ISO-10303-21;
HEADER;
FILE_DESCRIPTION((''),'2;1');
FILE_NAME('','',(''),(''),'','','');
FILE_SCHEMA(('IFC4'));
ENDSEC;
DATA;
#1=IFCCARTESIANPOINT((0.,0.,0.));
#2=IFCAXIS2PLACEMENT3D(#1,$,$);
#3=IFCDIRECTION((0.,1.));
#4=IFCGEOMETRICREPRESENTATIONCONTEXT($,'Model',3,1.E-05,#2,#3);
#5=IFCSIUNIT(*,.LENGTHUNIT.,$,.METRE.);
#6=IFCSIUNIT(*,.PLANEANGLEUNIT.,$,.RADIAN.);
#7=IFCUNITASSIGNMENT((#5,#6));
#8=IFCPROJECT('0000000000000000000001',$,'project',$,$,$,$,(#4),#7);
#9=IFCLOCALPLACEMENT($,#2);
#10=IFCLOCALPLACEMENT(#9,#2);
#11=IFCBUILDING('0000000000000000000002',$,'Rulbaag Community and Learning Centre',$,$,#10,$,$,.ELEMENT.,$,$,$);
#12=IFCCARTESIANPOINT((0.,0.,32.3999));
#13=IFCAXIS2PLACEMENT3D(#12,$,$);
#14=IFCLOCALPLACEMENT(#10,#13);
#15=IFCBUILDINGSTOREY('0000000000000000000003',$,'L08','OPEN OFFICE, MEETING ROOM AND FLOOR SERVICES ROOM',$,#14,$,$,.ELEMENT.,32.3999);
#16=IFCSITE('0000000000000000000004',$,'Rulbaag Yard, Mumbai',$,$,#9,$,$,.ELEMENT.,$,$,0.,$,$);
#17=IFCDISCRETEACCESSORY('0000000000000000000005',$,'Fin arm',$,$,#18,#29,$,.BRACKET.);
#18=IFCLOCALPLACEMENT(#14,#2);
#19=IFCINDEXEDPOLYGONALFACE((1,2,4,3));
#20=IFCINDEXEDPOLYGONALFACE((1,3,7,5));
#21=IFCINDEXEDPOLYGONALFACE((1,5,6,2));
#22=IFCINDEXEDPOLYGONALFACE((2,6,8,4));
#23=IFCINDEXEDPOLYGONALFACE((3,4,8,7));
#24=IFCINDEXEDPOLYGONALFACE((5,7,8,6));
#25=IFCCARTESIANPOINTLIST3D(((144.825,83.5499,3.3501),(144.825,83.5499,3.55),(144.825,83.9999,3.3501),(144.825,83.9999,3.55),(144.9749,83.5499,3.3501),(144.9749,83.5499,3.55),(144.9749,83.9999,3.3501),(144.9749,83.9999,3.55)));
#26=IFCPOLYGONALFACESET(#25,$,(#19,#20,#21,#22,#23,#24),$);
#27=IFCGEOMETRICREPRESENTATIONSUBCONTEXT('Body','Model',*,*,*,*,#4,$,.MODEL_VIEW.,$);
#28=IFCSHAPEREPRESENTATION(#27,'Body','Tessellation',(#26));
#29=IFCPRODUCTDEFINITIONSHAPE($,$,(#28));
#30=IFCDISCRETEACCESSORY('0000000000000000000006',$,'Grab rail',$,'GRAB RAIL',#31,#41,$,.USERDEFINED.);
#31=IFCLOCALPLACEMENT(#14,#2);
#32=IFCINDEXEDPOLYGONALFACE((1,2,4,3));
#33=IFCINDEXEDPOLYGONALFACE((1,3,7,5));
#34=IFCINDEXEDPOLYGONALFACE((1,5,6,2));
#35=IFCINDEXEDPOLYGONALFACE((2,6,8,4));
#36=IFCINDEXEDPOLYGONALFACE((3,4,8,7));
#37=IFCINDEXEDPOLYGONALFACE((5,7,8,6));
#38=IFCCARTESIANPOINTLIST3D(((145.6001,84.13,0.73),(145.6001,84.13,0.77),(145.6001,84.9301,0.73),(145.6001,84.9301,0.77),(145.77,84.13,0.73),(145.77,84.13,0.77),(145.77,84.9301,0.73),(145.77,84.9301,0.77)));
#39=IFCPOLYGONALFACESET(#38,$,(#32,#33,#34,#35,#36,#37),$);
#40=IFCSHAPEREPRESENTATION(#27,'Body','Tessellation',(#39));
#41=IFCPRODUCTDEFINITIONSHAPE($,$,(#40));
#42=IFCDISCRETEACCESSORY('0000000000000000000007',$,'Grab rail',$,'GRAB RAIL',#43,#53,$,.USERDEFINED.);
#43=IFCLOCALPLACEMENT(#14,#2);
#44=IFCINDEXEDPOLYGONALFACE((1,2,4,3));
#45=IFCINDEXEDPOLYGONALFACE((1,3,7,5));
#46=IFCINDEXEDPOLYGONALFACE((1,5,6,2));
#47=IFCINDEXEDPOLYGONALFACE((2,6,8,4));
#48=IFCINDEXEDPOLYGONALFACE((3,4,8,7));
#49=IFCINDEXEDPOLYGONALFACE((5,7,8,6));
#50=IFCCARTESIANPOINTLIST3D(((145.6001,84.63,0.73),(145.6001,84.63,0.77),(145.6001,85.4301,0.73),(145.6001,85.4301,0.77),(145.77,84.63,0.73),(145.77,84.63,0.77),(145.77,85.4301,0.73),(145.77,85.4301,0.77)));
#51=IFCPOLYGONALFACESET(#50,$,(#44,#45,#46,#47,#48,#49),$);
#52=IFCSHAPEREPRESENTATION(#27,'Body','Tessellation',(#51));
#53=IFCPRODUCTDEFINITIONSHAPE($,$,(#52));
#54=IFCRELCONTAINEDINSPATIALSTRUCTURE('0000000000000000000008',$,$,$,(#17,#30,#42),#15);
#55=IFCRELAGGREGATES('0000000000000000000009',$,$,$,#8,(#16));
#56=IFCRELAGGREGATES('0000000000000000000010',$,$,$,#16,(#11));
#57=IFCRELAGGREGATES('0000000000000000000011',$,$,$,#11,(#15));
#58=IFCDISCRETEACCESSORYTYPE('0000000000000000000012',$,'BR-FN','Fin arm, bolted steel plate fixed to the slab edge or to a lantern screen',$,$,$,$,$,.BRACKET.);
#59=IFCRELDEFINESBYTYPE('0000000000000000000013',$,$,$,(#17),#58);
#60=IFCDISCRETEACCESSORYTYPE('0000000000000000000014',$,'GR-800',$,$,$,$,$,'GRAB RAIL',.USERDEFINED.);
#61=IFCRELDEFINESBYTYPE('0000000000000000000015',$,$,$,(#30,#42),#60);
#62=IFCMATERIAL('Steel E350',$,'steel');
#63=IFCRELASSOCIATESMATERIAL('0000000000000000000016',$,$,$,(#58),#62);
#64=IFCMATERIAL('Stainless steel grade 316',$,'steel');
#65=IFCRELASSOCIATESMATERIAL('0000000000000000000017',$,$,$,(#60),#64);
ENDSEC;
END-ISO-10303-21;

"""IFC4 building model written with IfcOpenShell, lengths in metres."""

from ifc_helpers import new_model, si_unit, direction, frame, origin, origin_2d, place, context, subcontext, project, spatial, rectangle, extrude, material, type_object, element, save


model = new_model("IFC4")

# Units and contexts
model_context = context("Model", 3, precision=1e-05, world=origin(), true_north=direction((0.0, 1.0)))
body_context = subcontext(model_context, "Body", "Model", "MODEL_VIEW")
ifc_project = project(units=[si_unit("LENGTHUNIT", "METRE"), si_unit("PLANEANGLEUNIT", "RADIAN")], contexts=[model_context])

# Site, building, storey
site_placement = place(None, origin())
site = spatial("IfcSite", under=ifc_project, at=site_placement, Name="Rulbaag Yard, Mumbai", CompositionType="ELEMENT", RefElevation=0.0)
building_placement = place(site_placement, origin())
building = spatial("IfcBuilding", under=site, at=building_placement, Name="Rulbaag Community and Learning Centre", CompositionType="ELEMENT")
storey_placement = place(building_placement, frame((0.0, 0.0, 32.3999)))
storey = spatial("IfcBuildingStorey", under=building, at=storey_placement, Name="L08", Description="OPEN OFFICE, MEETING ROOM AND FLOOR SERVICES ROOM", CompositionType="ELEMENT", Elevation=32.3999)

# Discrete accessories
ifc_material_1 = material(Name="Steel E350", Category="steel")
discrete_accessory_type_1 = type_object("IfcDiscreteAccessoryType", Name="BR-FN", Description="Fin arm, bolted steel plate fixed to the slab edge or to a lantern screen", PredefinedType="BRACKET", material=ifc_material_1)
discrete_accessory_placement = place(storey_placement, frame((144.8999, 83.7749, 3.3501), z_axis=(0.0, 0.0, 1.0), x_axis=(1.0, 0.0, 0.0)))
element("IfcDiscreteAccessory", 1, at=discrete_accessory_placement, inside=storey, type_object=discrete_accessory_type_1, Name="Fin arm", PredefinedType="BRACKET", context=body_context, shape_type="SweptSolid", body=[
    extrude(rectangle(XDim=0.1499, YDim=0.45, at=origin_2d()), origin(), (0.0, 0.0, 1.0), 0.2),
])
ifc_material_2 = material(Name="Stainless steel grade 316", Category="steel")
discrete_accessory_type_2 = type_object("IfcDiscreteAccessoryType", Name="GR-800", ElementType="GRAB RAIL", PredefinedType="USERDEFINED", material=ifc_material_2)
for number, where, z_axis, x_axis, name in (
    (2, (145.6851, 84.53, 0.73), (0.0, 0.0, 1.0), (1.0, 0.0, 0.0), "Grab rail"),
    (3, (145.6851, 85.03, 0.73), (0.0, 0.0, 1.0), (1.0, 0.0, 0.0), "Grab rail"),
):
    element("IfcDiscreteAccessory", number, at=place(storey_placement, frame(where, z_axis=z_axis, x_axis=x_axis)), inside=storey, type_object=discrete_accessory_type_2, Name=name, ObjectType="GRAB RAIL", PredefinedType="USERDEFINED", context=body_context, shape_type="SweptSolid", body=[
        extrude(rectangle(XDim=0.1699, YDim=0.8, at=origin_2d()), origin(), (0.0, 0.0, 1.0), 0.04),
    ])

save(model, "model.ifc")
